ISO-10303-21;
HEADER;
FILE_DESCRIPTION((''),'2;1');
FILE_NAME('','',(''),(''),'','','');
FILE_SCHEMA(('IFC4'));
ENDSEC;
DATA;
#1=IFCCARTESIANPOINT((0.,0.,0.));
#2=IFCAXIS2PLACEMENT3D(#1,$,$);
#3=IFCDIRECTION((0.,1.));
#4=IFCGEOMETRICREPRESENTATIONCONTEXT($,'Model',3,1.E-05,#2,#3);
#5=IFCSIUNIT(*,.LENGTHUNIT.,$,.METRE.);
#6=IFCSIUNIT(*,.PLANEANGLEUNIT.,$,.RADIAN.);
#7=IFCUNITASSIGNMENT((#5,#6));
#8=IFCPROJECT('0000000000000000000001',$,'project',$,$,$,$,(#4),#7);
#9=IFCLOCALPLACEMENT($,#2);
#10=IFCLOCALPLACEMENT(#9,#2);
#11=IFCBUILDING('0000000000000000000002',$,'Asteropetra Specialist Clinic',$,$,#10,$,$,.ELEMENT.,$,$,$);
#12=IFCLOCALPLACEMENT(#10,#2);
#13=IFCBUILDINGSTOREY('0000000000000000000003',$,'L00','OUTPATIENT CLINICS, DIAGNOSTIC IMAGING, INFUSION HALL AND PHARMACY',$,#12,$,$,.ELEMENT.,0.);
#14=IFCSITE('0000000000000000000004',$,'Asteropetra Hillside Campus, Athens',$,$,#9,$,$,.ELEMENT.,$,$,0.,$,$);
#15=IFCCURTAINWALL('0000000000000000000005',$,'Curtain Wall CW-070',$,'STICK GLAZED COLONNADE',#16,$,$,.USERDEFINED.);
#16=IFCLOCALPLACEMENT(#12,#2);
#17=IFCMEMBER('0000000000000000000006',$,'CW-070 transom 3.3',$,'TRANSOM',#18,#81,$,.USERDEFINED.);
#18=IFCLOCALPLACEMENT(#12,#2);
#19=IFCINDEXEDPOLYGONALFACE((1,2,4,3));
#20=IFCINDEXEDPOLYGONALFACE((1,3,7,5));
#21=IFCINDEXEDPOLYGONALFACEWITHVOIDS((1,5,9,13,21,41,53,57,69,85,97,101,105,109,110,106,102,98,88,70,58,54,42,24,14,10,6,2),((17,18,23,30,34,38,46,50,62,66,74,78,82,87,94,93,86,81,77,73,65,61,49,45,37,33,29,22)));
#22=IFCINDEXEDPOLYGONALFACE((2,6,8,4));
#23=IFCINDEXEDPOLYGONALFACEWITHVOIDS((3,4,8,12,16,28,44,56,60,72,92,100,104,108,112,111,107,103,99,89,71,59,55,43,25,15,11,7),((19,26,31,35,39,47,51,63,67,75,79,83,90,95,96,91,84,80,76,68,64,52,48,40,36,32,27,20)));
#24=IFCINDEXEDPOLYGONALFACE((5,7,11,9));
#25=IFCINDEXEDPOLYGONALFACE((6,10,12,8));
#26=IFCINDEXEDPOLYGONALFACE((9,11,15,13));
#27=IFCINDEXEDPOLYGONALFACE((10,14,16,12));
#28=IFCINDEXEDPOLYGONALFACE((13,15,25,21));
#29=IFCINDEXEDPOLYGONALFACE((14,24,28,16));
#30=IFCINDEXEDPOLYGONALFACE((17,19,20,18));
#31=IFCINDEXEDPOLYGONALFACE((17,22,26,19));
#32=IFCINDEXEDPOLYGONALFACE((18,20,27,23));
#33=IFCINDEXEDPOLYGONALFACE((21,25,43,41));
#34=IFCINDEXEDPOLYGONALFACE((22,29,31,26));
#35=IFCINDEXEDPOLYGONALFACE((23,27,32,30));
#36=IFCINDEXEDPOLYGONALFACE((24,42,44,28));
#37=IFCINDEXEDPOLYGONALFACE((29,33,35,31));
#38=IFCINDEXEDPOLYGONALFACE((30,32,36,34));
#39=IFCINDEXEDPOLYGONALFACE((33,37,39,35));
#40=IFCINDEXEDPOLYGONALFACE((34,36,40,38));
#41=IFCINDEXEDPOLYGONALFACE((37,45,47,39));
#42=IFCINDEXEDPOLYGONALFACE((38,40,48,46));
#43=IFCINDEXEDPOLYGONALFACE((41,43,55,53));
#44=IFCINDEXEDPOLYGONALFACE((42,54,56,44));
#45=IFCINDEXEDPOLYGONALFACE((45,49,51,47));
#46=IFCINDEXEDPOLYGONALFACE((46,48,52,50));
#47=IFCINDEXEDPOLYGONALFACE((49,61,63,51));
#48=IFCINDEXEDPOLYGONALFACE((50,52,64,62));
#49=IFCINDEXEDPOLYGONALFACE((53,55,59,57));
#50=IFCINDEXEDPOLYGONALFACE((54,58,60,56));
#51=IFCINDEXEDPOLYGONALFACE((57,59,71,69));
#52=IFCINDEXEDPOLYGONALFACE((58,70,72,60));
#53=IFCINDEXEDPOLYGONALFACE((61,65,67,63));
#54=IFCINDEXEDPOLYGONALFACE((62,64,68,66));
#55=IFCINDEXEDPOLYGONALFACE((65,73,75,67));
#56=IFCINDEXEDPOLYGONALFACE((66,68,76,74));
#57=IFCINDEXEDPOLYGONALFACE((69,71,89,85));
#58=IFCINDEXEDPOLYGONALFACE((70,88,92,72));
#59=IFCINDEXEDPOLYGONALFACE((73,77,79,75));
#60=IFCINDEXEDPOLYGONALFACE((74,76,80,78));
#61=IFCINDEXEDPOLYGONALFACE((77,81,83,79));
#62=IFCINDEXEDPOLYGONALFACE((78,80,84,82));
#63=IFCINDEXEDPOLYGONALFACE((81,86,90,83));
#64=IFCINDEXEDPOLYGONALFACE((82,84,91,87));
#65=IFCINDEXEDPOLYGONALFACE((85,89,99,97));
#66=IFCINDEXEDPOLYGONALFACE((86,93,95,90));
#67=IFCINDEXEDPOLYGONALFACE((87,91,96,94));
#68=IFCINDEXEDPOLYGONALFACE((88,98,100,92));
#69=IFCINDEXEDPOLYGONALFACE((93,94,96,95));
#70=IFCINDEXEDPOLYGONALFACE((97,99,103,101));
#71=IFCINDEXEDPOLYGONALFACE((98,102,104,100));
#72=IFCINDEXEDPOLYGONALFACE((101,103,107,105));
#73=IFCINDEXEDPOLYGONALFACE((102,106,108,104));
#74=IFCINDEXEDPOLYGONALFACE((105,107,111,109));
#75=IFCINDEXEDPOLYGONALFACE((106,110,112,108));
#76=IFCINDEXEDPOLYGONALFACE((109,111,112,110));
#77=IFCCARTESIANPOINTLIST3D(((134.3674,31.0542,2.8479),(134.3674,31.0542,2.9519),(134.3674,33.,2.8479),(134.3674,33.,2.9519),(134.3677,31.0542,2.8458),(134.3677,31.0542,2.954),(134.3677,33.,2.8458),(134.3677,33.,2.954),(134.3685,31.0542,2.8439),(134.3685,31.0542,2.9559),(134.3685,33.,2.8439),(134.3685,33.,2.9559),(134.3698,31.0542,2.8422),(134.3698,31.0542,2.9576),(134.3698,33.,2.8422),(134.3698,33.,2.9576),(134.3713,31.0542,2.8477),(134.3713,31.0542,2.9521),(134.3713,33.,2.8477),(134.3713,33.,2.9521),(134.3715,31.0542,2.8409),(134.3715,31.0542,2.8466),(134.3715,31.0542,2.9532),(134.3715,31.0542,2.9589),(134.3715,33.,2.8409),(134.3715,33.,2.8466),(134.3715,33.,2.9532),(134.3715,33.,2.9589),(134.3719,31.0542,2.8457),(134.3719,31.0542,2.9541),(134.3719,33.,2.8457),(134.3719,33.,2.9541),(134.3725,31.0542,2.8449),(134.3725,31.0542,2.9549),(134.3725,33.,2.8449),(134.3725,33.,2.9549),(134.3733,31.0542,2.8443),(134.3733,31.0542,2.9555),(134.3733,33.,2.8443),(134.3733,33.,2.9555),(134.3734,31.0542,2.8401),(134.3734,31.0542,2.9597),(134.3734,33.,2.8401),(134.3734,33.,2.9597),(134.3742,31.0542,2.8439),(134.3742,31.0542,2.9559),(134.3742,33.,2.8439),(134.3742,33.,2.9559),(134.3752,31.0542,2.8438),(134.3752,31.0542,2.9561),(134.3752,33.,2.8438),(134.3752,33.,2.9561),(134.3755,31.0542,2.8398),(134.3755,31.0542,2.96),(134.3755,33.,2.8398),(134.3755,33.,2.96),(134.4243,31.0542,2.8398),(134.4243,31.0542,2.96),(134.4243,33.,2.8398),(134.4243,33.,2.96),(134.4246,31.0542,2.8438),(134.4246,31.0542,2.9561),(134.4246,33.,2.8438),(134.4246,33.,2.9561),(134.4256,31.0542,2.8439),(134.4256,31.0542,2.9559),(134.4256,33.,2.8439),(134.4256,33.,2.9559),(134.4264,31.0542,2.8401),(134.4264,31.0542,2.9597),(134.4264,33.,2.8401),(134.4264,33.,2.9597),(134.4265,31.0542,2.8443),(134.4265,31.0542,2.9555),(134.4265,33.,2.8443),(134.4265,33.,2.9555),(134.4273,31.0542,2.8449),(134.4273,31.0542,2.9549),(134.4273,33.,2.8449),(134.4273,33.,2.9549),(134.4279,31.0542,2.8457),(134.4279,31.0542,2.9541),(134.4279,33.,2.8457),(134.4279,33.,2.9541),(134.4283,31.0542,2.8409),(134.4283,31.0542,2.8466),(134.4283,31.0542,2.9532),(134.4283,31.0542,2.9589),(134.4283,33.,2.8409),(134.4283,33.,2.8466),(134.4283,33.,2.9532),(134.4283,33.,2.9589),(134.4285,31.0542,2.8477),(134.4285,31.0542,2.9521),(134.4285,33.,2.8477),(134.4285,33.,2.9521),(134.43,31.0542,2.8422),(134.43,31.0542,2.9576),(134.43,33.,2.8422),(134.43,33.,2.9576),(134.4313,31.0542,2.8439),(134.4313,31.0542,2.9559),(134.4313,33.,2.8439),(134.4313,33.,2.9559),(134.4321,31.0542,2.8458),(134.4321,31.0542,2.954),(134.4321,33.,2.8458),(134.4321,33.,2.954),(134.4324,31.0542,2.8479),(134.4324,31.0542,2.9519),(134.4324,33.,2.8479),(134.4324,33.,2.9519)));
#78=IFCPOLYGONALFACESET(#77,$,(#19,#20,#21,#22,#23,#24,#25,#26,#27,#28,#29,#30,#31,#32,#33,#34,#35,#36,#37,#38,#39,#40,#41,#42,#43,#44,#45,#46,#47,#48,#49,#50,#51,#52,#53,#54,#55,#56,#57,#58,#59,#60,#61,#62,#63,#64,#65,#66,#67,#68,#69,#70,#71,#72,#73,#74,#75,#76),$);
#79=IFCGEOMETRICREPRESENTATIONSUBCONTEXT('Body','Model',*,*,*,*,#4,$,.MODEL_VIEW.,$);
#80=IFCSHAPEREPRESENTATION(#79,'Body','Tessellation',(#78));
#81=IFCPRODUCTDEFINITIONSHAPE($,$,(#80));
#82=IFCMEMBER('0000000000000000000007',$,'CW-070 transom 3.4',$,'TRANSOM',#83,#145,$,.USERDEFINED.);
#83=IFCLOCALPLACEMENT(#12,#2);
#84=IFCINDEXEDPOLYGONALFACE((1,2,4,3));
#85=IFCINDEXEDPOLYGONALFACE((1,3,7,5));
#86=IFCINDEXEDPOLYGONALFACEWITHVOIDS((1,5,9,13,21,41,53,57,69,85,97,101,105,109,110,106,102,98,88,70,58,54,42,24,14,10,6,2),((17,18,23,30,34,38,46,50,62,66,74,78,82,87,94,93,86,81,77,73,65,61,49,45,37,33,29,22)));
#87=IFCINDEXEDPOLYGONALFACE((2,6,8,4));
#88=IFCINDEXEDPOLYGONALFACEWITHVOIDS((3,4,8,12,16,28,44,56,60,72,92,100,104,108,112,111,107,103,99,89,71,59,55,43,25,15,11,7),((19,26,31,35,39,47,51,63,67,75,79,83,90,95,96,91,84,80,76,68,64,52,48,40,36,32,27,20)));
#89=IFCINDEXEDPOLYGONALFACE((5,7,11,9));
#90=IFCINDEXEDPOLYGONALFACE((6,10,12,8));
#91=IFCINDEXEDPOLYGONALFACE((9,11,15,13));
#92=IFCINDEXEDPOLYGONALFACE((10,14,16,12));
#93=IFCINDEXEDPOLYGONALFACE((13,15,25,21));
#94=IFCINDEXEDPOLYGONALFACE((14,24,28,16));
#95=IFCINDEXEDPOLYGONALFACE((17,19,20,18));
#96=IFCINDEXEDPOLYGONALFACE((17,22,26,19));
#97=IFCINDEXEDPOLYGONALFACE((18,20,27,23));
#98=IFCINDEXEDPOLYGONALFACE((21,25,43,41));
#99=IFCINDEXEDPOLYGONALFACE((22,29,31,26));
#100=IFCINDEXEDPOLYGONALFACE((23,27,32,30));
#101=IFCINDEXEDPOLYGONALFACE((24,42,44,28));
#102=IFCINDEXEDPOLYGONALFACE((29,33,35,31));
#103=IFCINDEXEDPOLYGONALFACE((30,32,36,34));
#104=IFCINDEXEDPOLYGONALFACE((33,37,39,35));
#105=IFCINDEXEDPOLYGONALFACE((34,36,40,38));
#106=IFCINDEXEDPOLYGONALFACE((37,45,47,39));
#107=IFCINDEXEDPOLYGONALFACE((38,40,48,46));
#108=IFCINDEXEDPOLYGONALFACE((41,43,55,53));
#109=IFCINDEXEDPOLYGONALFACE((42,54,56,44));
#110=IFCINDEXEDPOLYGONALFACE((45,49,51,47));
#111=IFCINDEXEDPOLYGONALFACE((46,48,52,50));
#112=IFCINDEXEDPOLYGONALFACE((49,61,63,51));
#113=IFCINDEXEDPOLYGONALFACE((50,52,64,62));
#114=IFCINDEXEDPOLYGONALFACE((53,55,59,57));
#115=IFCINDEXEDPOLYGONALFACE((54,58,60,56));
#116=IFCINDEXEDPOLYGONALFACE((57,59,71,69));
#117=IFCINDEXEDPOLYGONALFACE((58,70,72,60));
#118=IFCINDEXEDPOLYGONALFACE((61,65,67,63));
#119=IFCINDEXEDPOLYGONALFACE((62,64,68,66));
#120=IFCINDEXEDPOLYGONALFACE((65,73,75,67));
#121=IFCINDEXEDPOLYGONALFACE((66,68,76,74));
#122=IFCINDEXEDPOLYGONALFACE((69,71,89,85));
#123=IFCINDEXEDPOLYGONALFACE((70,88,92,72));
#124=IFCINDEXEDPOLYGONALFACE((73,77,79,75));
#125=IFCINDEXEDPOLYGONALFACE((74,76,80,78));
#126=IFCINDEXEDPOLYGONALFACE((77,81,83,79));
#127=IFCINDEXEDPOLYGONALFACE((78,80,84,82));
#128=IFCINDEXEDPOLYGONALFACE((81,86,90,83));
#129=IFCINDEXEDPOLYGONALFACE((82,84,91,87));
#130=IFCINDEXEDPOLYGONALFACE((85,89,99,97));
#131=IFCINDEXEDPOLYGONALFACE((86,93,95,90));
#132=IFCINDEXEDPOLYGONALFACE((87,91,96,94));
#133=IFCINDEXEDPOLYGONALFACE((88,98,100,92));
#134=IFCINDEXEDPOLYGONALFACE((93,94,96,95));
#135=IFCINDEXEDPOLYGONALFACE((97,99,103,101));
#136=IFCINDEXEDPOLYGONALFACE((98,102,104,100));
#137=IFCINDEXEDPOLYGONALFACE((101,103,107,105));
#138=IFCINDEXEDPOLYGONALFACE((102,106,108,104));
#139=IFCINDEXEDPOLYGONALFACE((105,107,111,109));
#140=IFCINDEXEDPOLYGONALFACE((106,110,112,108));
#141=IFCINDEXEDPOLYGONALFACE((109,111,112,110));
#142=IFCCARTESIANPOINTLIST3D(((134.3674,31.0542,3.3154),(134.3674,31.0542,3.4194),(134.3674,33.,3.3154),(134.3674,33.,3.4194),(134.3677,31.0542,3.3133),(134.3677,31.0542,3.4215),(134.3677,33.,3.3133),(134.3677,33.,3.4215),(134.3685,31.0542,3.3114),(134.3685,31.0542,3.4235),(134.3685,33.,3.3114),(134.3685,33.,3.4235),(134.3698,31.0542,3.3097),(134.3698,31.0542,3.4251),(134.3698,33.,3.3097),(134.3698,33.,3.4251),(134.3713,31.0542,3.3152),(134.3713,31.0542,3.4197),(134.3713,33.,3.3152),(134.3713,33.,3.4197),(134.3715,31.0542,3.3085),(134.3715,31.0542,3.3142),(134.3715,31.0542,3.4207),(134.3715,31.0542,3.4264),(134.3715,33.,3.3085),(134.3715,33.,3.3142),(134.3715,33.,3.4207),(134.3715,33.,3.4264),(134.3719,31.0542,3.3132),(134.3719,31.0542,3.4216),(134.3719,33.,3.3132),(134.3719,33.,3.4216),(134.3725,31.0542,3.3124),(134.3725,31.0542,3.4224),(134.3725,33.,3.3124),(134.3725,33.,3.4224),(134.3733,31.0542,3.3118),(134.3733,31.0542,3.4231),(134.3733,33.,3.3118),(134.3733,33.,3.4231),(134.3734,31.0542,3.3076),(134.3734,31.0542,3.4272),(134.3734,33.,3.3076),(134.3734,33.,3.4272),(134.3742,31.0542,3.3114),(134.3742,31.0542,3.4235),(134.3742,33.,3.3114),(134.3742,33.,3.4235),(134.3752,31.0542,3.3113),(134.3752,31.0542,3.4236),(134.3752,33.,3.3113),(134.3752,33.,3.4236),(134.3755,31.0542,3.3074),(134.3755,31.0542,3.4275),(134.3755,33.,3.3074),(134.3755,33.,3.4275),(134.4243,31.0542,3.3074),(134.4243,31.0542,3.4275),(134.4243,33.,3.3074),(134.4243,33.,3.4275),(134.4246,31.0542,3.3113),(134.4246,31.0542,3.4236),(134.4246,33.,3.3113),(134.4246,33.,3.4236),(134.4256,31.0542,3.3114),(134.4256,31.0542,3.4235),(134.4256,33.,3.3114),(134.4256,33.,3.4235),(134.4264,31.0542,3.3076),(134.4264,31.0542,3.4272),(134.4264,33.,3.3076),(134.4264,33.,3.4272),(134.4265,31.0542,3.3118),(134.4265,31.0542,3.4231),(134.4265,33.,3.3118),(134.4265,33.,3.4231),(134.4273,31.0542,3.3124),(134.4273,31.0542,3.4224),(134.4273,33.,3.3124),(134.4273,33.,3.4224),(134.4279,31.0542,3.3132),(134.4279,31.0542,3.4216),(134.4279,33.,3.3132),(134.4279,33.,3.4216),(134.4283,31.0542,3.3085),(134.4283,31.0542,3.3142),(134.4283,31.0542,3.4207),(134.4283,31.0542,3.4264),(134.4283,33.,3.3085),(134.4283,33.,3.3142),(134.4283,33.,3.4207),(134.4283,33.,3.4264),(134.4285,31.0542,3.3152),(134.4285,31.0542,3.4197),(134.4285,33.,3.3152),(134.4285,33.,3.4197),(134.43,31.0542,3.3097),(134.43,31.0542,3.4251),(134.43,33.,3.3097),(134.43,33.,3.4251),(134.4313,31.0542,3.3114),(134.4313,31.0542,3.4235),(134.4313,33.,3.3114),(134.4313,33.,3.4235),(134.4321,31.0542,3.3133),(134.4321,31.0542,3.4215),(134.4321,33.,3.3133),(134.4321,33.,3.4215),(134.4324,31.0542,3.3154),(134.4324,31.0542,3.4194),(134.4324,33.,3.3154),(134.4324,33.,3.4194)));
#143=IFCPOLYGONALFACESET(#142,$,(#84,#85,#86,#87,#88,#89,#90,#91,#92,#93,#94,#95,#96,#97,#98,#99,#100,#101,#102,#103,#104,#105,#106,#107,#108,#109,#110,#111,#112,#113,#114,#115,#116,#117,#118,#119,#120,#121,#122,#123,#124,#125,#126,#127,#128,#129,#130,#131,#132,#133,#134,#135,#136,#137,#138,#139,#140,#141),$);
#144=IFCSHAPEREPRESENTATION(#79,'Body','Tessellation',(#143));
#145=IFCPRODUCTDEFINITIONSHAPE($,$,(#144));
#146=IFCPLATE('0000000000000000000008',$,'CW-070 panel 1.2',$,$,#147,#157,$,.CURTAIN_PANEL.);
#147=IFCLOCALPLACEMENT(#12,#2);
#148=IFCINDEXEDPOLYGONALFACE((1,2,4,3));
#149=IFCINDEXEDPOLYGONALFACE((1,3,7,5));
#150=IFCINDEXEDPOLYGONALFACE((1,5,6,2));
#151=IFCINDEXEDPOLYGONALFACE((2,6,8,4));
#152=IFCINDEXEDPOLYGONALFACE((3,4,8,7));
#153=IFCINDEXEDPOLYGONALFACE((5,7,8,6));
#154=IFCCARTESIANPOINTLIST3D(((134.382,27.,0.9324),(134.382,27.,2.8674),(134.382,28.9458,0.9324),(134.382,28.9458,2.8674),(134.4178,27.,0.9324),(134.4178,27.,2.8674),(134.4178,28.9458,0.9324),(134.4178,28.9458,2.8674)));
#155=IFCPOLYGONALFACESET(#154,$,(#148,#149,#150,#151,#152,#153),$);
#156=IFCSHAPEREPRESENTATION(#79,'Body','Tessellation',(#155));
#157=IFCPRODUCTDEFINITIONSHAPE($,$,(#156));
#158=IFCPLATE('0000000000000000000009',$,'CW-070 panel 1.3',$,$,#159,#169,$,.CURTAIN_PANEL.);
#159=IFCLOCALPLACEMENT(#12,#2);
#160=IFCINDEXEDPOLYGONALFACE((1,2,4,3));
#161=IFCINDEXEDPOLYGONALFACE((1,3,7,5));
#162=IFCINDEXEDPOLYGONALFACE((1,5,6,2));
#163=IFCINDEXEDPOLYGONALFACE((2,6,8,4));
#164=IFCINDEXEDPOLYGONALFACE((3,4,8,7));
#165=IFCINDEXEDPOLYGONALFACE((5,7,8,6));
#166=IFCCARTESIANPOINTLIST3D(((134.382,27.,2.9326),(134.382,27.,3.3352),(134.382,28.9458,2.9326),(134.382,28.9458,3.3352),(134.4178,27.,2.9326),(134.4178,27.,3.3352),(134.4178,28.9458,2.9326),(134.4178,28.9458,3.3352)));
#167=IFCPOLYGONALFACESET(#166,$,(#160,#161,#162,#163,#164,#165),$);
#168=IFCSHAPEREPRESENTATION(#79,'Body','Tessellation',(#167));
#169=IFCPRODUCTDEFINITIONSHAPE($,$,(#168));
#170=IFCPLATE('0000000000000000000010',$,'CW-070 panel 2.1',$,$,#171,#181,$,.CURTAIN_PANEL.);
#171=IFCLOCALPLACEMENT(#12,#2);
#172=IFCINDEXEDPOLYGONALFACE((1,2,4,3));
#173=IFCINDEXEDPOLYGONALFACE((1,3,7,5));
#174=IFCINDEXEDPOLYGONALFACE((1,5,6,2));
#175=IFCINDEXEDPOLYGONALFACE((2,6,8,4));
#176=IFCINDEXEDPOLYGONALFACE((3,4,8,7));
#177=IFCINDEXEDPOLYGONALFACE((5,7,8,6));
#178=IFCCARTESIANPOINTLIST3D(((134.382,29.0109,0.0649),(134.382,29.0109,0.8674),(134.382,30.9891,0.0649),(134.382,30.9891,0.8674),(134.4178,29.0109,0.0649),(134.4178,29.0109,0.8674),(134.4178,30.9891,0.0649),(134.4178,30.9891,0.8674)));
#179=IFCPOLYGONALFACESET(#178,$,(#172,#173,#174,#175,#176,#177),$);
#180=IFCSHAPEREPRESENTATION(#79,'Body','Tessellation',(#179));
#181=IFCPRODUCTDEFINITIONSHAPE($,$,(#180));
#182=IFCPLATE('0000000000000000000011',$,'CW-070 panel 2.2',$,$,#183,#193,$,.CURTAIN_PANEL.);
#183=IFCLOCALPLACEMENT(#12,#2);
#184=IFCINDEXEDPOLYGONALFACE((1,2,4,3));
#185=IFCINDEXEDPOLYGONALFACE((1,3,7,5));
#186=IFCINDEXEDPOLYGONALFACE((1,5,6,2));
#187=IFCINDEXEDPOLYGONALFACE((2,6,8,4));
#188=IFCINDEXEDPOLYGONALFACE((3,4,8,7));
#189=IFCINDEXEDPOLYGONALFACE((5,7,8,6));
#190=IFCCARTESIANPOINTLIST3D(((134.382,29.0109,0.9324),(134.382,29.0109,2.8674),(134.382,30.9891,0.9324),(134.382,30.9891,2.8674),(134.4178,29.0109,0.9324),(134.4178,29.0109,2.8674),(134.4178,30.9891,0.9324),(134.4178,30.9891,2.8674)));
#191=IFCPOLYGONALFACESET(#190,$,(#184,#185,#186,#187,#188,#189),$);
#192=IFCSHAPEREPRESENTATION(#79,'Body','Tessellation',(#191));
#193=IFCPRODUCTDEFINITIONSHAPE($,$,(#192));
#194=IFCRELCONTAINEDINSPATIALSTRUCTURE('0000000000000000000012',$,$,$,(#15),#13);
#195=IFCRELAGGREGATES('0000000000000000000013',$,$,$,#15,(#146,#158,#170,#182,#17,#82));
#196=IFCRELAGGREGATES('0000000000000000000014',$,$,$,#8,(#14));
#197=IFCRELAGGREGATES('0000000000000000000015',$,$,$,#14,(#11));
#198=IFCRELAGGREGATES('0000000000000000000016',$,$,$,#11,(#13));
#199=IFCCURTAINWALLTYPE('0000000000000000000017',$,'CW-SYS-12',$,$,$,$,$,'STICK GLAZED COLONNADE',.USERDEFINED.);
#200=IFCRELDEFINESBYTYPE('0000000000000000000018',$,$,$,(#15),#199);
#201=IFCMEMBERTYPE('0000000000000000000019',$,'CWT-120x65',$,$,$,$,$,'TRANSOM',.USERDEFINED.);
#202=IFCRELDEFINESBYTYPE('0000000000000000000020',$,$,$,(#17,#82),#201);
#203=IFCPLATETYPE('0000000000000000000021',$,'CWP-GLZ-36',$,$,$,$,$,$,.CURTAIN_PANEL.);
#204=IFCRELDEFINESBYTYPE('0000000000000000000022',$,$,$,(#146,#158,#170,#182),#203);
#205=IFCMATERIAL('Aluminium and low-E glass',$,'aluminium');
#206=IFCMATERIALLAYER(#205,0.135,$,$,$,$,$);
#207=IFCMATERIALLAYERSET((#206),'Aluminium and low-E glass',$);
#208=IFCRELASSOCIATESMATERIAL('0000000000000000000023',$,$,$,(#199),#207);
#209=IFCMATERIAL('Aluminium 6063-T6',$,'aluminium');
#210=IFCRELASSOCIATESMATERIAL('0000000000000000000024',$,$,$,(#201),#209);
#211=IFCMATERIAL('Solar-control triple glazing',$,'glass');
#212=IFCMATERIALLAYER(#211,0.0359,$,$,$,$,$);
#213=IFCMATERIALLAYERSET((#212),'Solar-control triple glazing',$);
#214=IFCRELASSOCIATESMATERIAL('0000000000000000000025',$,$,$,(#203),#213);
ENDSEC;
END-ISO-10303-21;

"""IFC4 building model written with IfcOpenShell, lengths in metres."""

from ifc_helpers import new_model, si_unit, direction, frame, origin, origin_2d, place, context, subcontext, project, spatial, rectangle, hollow_rectangle, extrude, material, layer, layer_set, material_profile, profile_set, type_object, element, aggregate, save


model = new_model("IFC4")

# Units and contexts
model_context = context("Model", 3, precision=1e-05, world=origin(), true_north=direction((0.0, 1.0)))
body_context = subcontext(model_context, "Body", "Model", "MODEL_VIEW")
ifc_project = project(units=[si_unit("LENGTHUNIT", "METRE"), si_unit("PLANEANGLEUNIT", "RADIAN")], contexts=[model_context])

# Site, building, storey
site_placement = place(None, origin())
site = spatial("IfcSite", under=ifc_project, at=site_placement, Name="Asteropetra Hillside Campus, Athens", CompositionType="ELEMENT", RefElevation=0.0)
building_placement = place(site_placement, origin())
building = spatial("IfcBuilding", under=site, at=building_placement, Name="Asteropetra Specialist Clinic", CompositionType="ELEMENT")
storey_placement = place(building_placement, origin())
storey = spatial("IfcBuildingStorey", under=building, at=storey_placement, Name="L00", Description="OUTPATIENT CLINICS, DIAGNOSTIC IMAGING, INFUSION HALL AND PHARMACY", CompositionType="ELEMENT", Elevation=0.0)

# Curtain wall, members, plates
ifc_material_1 = material(Name="Aluminium and low-E glass", Category="aluminium")
ifc_layer_1 = layer(ifc_material_1, 0.135)
ifc_layer_set_1 = layer_set([ifc_layer_1], Name="Aluminium and low-E glass")
curtain_wall_type = type_object("IfcCurtainWallType", Name="CW-SYS-12", ElementType="STICK GLAZED COLONNADE", PredefinedType="USERDEFINED", material=ifc_layer_set_1)
curtain_wall_placement = place(storey_placement, origin())
curtain_wall = element("IfcCurtainWall", 1, at=curtain_wall_placement, inside=storey, type_object=curtain_wall_type, Name="Curtain Wall CW-070", ObjectType="STICK GLAZED COLONNADE", PredefinedType="USERDEFINED")
ifc_material_2 = material(Name="Aluminium 6063-T6", Category="aluminium")
ifc_material_profile_1 = material_profile(ifc_material_2, hollow_rectangle(XDim=0.0649, YDim=0.1201, WallThickness=0.0039, InnerFilletRadius=0.0039, OuterFilletRadius=0.0081, at=origin_2d()), Name="TRN 120x65x4.0")
ifc_profile_set_1 = profile_set([ifc_material_profile_1], Name="Aluminium 6063-T6")
member_type_1 = type_object("IfcMemberType", Name="CWT-120x65", ElementType="TRANSOM", PredefinedType="USERDEFINED", material=ifc_profile_set_1)
member_1_placement = place(storey_placement, frame((134.3999, 31.0542, 2.8999), z_axis=(0.0, 1.0, 0.0), x_axis=(-1.0, 0.0, 0.0)))
member_1 = element("IfcMember", 2, at=member_1_placement, type_object=member_type_1, Name="CW-070 transom 3.3", ObjectType="TRANSOM", PredefinedType="USERDEFINED", context=body_context, shape_type="SweptSolid", body=[
    extrude(hollow_rectangle(XDim=0.0649, YDim=0.1201, WallThickness=0.0039, InnerFilletRadius=0.0039, OuterFilletRadius=0.0081, at=origin_2d()), origin(), (0.0, 0.0, 1.0), 1.9458),
])
member_2_placement = place(storey_placement, frame((134.3999, 31.0542, 3.3674), z_axis=(0.0, 1.0, 0.0), x_axis=(-1.0, 0.0, 0.0)))
member_2 = element("IfcMember", 3, at=member_2_placement, type_object=member_type_1, Name="CW-070 transom 3.4", ObjectType="TRANSOM", PredefinedType="USERDEFINED", context=body_context, shape_type="SweptSolid", body=[
    extrude(hollow_rectangle(XDim=0.0649, YDim=0.1201, WallThickness=0.0039, InnerFilletRadius=0.0039, OuterFilletRadius=0.0081, at=origin_2d()), origin(), (0.0, 0.0, 1.0), 1.9458),
])
ifc_material_3 = material(Name="Solar-control triple glazing", Category="glass")
ifc_layer_2 = layer(ifc_material_3, 0.0359)
ifc_layer_set_2 = layer_set([ifc_layer_2], Name="Solar-control triple glazing")
plate_type = type_object("IfcPlateType", Name="CWP-GLZ-36", PredefinedType="CURTAIN_PANEL", material=ifc_layer_set_2)
plate_1_placement = place(storey_placement, frame((134.3999, 27.9729, 0.9324), z_axis=(0.0, 0.0, 1.0), x_axis=(0.0, 1.0, 0.0)))
plate_1 = element("IfcPlate", 4, at=plate_1_placement, type_object=plate_type, Name="CW-070 panel 1.2", PredefinedType="CURTAIN_PANEL", context=body_context, shape_type="SweptSolid", body=[
    extrude(rectangle(XDim=1.9458, YDim=0.0359, at=origin_2d()), origin(), (0.0, 0.0, 1.0), 1.9351),
])
plate_2_placement = place(storey_placement, frame((134.3999, 27.9729, 2.9326), z_axis=(0.0, 0.0, 1.0), x_axis=(0.0, 1.0, 0.0)))
plate_2 = element("IfcPlate", 5, at=plate_2_placement, type_object=plate_type, Name="CW-070 panel 1.3", PredefinedType="CURTAIN_PANEL", context=body_context, shape_type="SweptSolid", body=[
    extrude(rectangle(XDim=1.9458, YDim=0.0359, at=origin_2d()), origin(), (0.0, 0.0, 1.0), 0.4026),
])
plate_3_placement = place(storey_placement, frame((134.3999, 30.0, 0.0649), z_axis=(0.0, 0.0, 1.0), x_axis=(0.0, 1.0, 0.0)))
plate_3 = element("IfcPlate", 6, at=plate_3_placement, type_object=plate_type, Name="CW-070 panel 2.1", PredefinedType="CURTAIN_PANEL", context=body_context, shape_type="SweptSolid", body=[
    extrude(rectangle(XDim=1.9783, YDim=0.0359, at=origin_2d()), origin(), (0.0, 0.0, 1.0), 0.8025),
])
plate_4_placement = place(storey_placement, frame((134.3999, 30.0, 0.9324), z_axis=(0.0, 0.0, 1.0), x_axis=(0.0, 1.0, 0.0)))
plate_4 = element("IfcPlate", 7, at=plate_4_placement, type_object=plate_type, Name="CW-070 panel 2.2", PredefinedType="CURTAIN_PANEL", context=body_context, shape_type="SweptSolid", body=[
    extrude(rectangle(XDim=1.9783, YDim=0.0359, at=origin_2d()), origin(), (0.0, 0.0, 1.0), 1.9351),
])
aggregate(curtain_wall, [plate_1, plate_2, plate_3, plate_4, member_1, member_2])

save(model, "model.ifc")
